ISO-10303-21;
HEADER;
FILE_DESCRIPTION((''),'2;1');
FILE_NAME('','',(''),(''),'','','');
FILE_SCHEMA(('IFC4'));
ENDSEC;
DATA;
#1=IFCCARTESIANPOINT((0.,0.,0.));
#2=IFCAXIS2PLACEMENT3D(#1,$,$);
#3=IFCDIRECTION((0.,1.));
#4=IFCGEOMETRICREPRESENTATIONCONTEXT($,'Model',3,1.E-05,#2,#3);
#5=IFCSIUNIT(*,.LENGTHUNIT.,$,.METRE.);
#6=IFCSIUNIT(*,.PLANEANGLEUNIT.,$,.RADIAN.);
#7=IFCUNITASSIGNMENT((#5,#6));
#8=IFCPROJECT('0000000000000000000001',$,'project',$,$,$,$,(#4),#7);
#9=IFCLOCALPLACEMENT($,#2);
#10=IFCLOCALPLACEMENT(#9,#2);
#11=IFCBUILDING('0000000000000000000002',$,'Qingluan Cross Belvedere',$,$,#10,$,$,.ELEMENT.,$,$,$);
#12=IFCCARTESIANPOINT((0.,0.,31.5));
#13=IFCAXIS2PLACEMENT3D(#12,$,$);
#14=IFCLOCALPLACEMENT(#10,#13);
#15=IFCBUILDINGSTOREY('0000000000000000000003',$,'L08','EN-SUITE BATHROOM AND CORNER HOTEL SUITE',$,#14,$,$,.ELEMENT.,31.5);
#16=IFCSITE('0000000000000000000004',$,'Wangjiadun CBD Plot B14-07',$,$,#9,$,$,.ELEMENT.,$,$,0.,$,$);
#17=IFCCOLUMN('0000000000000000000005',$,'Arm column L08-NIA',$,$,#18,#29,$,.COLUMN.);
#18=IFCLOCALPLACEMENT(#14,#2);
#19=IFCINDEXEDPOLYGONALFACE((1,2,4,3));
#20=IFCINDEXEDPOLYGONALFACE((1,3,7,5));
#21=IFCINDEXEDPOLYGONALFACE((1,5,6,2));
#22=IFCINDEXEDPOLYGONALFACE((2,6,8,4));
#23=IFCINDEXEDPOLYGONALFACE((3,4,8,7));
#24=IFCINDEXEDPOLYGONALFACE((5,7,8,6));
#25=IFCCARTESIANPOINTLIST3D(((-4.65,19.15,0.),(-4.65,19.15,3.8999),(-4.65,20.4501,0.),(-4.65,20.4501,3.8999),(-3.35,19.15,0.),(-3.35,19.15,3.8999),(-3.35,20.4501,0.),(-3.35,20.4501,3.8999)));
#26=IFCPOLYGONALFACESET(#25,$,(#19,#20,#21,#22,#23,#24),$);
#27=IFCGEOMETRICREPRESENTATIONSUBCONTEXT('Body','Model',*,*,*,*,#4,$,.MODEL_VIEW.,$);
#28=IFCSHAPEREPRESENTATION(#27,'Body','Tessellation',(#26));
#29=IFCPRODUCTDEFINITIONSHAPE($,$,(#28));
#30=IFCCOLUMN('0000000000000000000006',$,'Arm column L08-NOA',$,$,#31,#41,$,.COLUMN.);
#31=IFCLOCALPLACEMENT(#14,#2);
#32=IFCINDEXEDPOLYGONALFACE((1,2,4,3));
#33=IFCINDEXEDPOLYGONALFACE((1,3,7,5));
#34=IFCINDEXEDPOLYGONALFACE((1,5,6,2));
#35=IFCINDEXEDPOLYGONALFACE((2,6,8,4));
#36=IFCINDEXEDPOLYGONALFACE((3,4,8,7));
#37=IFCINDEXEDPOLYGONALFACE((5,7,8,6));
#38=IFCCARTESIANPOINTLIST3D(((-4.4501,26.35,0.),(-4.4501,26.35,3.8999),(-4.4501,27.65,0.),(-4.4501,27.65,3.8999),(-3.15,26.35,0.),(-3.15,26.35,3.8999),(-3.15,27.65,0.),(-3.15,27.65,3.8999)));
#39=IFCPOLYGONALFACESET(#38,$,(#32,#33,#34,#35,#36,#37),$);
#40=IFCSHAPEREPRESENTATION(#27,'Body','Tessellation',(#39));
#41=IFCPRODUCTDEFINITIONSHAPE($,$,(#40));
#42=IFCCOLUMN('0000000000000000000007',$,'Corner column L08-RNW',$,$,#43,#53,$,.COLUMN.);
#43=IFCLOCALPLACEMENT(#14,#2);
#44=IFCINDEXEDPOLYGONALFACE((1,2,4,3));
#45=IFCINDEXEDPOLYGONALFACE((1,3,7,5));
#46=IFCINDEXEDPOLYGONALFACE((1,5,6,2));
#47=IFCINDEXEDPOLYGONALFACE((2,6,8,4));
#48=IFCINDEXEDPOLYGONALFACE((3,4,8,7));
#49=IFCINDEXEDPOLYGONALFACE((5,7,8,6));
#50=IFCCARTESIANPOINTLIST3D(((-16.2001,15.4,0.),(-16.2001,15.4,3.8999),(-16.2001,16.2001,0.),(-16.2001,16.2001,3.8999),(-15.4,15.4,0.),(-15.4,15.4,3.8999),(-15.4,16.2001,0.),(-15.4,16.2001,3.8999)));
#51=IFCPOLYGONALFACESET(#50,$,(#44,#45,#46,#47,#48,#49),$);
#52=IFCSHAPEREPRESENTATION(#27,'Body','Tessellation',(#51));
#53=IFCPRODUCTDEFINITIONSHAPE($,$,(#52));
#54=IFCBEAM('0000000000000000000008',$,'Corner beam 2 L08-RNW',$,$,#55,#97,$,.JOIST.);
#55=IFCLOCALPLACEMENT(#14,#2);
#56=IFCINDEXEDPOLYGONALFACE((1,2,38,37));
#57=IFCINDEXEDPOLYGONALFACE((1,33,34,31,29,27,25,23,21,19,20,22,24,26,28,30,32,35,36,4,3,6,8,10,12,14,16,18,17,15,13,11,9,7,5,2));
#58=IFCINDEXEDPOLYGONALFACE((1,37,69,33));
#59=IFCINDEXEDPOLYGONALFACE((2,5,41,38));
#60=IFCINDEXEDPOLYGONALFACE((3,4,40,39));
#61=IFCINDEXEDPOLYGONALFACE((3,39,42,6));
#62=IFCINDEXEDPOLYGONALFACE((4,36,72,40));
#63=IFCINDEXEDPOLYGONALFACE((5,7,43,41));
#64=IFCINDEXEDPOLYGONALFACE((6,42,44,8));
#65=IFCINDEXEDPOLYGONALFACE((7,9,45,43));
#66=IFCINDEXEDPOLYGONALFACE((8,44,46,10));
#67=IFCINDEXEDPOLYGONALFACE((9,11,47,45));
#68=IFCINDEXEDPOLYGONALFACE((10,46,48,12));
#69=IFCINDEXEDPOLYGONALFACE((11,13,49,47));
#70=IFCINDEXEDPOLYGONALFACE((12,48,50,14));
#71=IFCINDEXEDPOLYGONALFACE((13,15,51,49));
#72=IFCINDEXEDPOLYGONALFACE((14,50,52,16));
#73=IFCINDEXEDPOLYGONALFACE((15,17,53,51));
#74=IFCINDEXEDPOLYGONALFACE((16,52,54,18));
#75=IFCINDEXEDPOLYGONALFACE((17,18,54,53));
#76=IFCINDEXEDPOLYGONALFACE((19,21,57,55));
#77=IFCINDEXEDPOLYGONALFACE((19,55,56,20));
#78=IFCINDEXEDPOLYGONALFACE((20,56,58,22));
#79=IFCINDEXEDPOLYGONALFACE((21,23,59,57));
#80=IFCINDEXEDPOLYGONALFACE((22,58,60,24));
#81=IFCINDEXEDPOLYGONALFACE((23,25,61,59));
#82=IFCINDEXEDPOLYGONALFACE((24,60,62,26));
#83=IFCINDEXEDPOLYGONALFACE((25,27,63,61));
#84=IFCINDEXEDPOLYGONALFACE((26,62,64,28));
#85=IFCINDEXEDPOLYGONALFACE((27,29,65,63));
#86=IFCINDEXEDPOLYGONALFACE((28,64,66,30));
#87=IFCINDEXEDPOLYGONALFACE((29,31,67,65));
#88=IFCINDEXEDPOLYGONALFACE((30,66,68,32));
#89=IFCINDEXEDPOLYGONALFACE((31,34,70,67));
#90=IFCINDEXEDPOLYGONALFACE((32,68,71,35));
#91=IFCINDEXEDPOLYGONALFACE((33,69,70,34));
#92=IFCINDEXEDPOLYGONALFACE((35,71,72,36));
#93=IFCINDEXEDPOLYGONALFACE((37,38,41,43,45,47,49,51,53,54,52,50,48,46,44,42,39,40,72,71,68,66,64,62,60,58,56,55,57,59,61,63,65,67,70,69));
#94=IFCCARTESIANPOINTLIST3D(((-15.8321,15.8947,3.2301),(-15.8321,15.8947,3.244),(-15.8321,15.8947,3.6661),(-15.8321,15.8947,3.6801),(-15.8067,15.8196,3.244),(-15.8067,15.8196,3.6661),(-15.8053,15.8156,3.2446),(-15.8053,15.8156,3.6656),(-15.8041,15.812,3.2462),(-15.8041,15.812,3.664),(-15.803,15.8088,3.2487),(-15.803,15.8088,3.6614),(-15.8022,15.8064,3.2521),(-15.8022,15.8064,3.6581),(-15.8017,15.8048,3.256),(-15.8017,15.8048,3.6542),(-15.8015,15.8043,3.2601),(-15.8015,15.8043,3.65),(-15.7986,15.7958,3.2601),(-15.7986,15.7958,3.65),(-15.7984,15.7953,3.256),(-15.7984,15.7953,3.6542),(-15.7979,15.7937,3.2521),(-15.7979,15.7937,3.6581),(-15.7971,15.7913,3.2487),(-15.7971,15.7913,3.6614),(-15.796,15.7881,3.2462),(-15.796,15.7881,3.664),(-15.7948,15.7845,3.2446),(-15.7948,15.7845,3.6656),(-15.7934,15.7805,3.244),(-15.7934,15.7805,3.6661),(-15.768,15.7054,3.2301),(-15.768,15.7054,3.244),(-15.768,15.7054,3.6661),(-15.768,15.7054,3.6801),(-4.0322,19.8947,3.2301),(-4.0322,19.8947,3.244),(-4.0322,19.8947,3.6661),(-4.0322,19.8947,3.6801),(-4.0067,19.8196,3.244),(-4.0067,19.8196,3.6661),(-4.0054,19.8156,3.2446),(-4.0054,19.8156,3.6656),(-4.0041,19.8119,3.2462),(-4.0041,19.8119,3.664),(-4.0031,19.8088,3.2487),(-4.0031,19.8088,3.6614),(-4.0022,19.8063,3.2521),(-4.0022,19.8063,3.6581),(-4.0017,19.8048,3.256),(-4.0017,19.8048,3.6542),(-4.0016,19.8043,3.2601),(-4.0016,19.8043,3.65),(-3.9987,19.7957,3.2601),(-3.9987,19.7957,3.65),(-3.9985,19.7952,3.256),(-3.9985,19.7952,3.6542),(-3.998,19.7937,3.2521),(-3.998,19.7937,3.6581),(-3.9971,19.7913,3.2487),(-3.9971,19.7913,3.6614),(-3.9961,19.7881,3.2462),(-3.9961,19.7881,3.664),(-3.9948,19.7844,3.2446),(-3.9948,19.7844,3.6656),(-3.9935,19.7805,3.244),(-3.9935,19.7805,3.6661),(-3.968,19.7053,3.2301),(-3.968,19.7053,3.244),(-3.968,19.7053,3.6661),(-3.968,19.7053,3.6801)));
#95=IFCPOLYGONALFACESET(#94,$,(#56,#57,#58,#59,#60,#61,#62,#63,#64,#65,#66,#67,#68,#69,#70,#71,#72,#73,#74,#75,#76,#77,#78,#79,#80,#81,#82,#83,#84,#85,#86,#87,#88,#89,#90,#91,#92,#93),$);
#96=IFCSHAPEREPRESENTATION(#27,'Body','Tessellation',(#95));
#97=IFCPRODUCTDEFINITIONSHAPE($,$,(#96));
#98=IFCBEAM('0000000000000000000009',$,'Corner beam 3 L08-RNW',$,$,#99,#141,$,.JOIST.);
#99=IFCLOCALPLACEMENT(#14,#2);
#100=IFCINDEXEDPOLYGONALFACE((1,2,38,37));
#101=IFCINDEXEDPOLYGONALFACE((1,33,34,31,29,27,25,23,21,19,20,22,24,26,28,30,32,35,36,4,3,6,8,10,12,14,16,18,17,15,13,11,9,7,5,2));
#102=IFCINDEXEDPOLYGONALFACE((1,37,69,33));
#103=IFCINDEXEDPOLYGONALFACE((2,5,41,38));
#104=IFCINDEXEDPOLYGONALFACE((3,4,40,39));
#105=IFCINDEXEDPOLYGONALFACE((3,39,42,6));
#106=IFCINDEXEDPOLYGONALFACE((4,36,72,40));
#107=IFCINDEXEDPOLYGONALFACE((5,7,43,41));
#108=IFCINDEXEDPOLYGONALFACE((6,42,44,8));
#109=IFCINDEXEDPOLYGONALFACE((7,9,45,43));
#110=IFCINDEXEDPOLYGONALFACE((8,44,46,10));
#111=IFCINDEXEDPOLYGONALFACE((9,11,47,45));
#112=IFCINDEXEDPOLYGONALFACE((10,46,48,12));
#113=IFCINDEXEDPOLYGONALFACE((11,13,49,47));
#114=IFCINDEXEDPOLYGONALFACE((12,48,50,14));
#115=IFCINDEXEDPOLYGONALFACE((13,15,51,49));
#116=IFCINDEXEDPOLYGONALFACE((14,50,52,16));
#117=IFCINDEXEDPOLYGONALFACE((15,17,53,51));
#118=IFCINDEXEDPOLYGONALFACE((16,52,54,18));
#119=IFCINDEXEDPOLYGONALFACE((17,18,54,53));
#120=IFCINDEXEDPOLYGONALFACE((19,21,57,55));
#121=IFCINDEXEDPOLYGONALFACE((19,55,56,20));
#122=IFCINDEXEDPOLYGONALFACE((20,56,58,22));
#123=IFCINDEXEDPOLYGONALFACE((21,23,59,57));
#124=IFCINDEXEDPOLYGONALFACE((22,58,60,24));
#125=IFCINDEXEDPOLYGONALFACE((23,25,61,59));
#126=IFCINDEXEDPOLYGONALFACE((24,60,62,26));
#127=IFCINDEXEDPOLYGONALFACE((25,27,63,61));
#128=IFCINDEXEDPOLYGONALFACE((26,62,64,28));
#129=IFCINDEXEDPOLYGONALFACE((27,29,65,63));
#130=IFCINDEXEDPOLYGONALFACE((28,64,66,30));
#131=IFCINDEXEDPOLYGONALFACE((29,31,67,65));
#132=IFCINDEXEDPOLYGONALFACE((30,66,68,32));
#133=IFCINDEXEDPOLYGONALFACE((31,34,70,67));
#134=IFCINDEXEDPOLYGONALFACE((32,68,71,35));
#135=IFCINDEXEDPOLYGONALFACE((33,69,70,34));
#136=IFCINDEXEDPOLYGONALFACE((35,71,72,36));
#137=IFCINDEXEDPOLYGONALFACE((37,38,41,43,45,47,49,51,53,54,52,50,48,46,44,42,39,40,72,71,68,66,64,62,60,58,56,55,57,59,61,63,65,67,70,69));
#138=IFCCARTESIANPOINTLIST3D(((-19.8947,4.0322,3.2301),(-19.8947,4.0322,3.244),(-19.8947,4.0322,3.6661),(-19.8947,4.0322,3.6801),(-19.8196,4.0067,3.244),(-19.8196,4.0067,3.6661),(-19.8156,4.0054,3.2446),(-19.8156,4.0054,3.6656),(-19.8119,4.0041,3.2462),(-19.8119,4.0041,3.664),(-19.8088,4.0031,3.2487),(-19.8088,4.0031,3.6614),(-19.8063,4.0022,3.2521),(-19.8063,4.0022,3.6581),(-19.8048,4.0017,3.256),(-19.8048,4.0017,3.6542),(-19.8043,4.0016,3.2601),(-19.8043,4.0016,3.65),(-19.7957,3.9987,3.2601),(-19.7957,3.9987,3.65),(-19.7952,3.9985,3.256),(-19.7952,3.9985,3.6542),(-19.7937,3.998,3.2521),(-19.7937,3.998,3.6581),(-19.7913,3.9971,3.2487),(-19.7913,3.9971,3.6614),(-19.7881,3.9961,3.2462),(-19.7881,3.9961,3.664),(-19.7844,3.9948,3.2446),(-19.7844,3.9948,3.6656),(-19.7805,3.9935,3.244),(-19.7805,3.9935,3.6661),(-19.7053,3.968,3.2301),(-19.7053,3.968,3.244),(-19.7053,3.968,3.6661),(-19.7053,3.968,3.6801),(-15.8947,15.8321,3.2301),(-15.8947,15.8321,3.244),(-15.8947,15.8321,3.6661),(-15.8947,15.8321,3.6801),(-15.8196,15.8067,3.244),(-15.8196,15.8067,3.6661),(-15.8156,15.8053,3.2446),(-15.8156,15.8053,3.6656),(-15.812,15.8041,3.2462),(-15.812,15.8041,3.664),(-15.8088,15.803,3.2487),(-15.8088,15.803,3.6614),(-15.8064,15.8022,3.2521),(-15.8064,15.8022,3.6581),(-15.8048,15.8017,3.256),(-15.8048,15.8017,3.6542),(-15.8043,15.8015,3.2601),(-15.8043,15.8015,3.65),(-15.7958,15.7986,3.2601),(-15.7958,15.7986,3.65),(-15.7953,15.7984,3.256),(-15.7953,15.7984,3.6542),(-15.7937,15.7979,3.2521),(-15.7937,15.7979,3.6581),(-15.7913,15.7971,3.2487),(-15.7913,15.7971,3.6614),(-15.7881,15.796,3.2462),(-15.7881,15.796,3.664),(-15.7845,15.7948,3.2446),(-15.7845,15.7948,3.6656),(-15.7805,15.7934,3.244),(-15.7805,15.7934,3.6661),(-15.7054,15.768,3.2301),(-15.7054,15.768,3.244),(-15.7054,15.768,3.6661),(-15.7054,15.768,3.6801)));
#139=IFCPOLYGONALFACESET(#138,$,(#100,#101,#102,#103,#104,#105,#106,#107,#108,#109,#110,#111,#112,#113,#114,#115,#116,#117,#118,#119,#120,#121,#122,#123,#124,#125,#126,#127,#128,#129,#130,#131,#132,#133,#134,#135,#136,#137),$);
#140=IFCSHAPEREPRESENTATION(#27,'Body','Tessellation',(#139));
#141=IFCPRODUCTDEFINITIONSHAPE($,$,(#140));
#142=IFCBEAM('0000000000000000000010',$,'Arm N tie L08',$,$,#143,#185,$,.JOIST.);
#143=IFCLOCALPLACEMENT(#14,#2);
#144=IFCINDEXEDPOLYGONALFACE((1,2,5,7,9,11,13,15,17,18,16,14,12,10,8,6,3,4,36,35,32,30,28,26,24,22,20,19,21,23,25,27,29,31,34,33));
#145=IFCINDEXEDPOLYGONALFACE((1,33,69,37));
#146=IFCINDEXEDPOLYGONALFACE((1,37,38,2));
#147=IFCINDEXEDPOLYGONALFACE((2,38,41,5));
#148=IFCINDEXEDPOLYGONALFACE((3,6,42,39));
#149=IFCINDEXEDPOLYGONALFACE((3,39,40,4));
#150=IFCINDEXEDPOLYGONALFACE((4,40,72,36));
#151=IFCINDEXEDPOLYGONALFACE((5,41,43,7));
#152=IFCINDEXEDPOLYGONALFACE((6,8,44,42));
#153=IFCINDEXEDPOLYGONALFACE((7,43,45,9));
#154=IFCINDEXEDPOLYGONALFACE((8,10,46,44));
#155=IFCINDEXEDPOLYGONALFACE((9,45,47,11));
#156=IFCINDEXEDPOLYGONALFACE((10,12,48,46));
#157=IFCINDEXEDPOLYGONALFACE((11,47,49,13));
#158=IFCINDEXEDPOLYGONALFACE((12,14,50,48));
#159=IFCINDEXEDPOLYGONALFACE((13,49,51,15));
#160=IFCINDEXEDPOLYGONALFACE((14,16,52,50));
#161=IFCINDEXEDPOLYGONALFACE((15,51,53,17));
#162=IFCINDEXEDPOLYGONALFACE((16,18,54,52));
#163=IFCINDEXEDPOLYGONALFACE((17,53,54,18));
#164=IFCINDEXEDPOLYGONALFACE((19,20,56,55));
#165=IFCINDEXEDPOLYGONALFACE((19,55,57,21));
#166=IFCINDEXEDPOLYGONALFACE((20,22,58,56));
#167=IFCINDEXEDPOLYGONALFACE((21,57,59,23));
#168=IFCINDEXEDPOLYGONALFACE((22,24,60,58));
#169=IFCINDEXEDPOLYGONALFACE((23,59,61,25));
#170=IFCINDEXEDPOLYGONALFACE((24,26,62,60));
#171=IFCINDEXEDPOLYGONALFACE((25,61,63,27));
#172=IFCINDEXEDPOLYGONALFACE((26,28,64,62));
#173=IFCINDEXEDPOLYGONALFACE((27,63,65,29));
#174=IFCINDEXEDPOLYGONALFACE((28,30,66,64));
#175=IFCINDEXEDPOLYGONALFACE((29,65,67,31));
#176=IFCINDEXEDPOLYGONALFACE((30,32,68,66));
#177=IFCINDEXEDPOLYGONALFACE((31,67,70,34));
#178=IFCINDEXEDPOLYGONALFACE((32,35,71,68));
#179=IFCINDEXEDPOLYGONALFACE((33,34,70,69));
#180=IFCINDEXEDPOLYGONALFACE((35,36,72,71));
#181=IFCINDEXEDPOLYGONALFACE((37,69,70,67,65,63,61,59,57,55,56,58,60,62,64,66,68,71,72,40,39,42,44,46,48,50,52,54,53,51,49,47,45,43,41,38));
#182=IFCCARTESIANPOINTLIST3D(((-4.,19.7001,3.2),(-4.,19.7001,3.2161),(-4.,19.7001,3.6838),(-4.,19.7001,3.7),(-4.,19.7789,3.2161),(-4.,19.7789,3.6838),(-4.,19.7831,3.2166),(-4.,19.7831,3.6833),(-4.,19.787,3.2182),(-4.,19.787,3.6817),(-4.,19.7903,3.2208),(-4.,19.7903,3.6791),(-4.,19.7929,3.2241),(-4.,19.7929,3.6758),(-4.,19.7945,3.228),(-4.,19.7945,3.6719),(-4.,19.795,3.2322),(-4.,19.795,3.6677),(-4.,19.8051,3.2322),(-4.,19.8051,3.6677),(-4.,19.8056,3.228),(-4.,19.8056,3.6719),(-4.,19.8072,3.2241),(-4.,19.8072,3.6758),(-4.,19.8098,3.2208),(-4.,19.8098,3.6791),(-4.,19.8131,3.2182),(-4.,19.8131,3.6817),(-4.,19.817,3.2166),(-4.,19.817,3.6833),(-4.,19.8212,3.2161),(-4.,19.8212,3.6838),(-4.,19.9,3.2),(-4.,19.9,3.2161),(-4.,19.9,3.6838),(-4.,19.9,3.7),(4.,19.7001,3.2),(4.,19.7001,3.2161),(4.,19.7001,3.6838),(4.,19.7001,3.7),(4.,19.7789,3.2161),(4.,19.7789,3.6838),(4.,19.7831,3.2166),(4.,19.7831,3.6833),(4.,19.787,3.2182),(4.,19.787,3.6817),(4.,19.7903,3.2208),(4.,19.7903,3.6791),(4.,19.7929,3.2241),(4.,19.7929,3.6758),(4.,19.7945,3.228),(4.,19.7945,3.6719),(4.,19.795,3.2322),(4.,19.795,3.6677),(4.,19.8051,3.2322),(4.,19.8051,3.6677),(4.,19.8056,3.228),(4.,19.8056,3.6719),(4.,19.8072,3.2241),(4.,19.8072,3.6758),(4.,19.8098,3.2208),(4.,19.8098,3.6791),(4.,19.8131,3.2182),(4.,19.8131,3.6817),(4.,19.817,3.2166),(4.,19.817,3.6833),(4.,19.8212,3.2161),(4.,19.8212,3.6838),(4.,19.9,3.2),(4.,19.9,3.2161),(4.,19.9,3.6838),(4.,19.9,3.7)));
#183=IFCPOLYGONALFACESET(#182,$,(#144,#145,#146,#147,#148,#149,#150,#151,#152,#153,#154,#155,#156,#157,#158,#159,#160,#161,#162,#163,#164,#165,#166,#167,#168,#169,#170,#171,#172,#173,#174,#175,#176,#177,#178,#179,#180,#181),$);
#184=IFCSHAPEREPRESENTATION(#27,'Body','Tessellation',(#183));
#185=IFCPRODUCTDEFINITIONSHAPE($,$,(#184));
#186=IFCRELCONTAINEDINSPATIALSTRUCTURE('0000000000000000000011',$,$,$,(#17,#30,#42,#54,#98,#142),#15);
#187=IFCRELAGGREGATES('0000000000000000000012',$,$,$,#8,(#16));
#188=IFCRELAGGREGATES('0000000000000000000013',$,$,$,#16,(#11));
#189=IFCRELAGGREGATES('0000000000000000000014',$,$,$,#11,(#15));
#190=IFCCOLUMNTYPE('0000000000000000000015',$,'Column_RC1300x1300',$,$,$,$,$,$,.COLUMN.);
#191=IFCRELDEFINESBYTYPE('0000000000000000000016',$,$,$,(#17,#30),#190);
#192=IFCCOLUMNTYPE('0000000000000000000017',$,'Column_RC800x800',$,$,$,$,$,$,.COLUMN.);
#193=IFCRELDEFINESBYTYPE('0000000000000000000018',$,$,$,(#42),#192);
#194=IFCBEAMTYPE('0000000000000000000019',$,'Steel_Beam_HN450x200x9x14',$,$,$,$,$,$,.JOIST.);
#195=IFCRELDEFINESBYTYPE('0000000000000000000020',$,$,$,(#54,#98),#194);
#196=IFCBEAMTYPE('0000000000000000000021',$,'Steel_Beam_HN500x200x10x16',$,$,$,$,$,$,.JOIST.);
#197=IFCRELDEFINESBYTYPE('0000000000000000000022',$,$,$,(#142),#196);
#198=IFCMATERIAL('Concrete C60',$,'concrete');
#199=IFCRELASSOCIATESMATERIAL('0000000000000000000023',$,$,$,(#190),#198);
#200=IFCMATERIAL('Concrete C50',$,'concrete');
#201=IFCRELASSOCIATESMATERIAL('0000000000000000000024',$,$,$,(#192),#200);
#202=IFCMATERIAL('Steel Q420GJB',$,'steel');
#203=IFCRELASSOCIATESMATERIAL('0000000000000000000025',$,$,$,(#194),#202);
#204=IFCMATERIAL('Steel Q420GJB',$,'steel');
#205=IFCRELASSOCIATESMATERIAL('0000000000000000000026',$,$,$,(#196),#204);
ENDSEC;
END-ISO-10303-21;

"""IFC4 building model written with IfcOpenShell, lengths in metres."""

from ifc_helpers import new_model, si_unit, direction, frame, origin, origin_2d, place, context, subcontext, project, spatial, rectangle, i_section, extrude, material, material_profile, profile_set, type_object, element, save


model = new_model("IFC4")

# Units and contexts
model_context = context("Model", 3, precision=1e-05, world=origin(), true_north=direction((0.0, 1.0)))
body_context = subcontext(model_context, "Body", "Model", "MODEL_VIEW")
ifc_project = project(units=[si_unit("LENGTHUNIT", "METRE"), si_unit("PLANEANGLEUNIT", "RADIAN")], contexts=[model_context])

# Site, building, storey
site_placement = place(None, origin())
site = spatial("IfcSite", under=ifc_project, at=site_placement, Name="Wangjiadun CBD Plot B14-07", CompositionType="ELEMENT", RefElevation=0.0)
building_placement = place(site_placement, origin())
building = spatial("IfcBuilding", under=site, at=building_placement, Name="Qingluan Cross Belvedere", CompositionType="ELEMENT")
storey_placement = place(building_placement, frame((0.0, 0.0, 31.5)))
storey = spatial("IfcBuildingStorey", under=building, at=storey_placement, Name="L08", Description="EN-SUITE BATHROOM AND CORNER HOTEL SUITE", CompositionType="ELEMENT", Elevation=31.5)

# Columns
ifc_material_1 = material(Name="Concrete C60", Category="concrete")
ifc_material_profile_1 = material_profile(ifc_material_1, rectangle(XDim=1.3, YDim=1.3, at=origin_2d()), Name="RC1300x1300")
ifc_profile_set_1 = profile_set([ifc_material_profile_1], Name="Concrete C60")
column_type_1 = type_object("IfcColumnType", Name="Column_RC1300x1300", PredefinedType="COLUMN", material=ifc_profile_set_1)
for number, where, z_axis, x_axis, name in (
    (1, (-4.0, 19.8, 0.0), (0.0, 0.0, 1.0), (1.0, 0.0, 0.0), "Arm column L08-NIA"),
    (2, (-3.8, 27.0, 0.0), (0.0, 0.0, 1.0), (1.0, 0.0, 0.0), "Arm column L08-NOA"),
):
    element("IfcColumn", number, at=place(storey_placement, frame(where, z_axis=z_axis, x_axis=x_axis)), inside=storey, type_object=column_type_1, Name=name, PredefinedType="COLUMN", context=body_context, shape_type="SweptSolid", body=[
        extrude(rectangle(XDim=1.3, YDim=1.3, at=origin_2d()), origin(), (0.0, 0.0, 1.0), 3.8999),
    ])
ifc_material_2 = material(Name="Concrete C50", Category="concrete")
ifc_material_profile_2 = material_profile(ifc_material_2, rectangle(XDim=0.8, YDim=0.8, at=origin_2d()), Name="RC800x800")
ifc_profile_set_2 = profile_set([ifc_material_profile_2], Name="Concrete C50")
column_type_2 = type_object("IfcColumnType", Name="Column_RC800x800", PredefinedType="COLUMN", material=ifc_profile_set_2)
column_placement = place(storey_placement, frame((-15.8, 15.8, 0.0), z_axis=(0.0, 0.0, 1.0), x_axis=(1.0, 0.0, 0.0)))
element("IfcColumn", 3, at=column_placement, inside=storey, type_object=column_type_2, Name="Corner column L08-RNW", PredefinedType="COLUMN", context=body_context, shape_type="SweptSolid", body=[
    extrude(rectangle(XDim=0.8, YDim=0.8, at=origin_2d()), origin(), (0.0, 0.0, 1.0), 3.8999),
])

# Beams
ifc_material_3 = material(Name="Steel Q420GJB", Category="steel")
ifc_material_profile_3 = material_profile(ifc_material_3, i_section(OverallWidth=0.2, OverallDepth=0.45, WebThickness=0.009, FlangeThickness=0.0139, FilletRadius=0.0161, at=origin_2d()), Name="HN450x200x9x14")
ifc_profile_set_3 = profile_set([ifc_material_profile_3], Name="Steel Q420GJB")
beam_type_1 = type_object("IfcBeamType", Name="Steel_Beam_HN450x200x9x14", PredefinedType="JOIST", material=ifc_profile_set_3)
for number, where, z_axis, x_axis, name in (
    (4, (-15.8, 15.8, 3.4551), (0.947066, 0.321038, 0.0), (-0.321038, 0.947066, 0.0), "Corner beam 2 L08-RNW"),
    (5, (-15.8, 15.8, 3.4551), (-0.321038, -0.947066, 0.0), (0.947066, -0.321038, 0.0), "Corner beam 3 L08-RNW"),
):
    element("IfcBeam", number, at=place(storey_placement, frame(where, z_axis=z_axis, x_axis=x_axis)), inside=storey, type_object=beam_type_1, Name=name, PredefinedType="JOIST", context=body_context, shape_type="SweptSolid", body=[
        extrude(i_section(OverallWidth=0.2, OverallDepth=0.45, WebThickness=0.009, FlangeThickness=0.0139, FilletRadius=0.0161, at=origin_2d()), origin(), (0.0, 0.0, 1.0), 12.4595),
    ])
ifc_material_4 = material(Name="Steel Q420GJB", Category="steel")
ifc_material_profile_4 = material_profile(ifc_material_4, i_section(OverallWidth=0.2, OverallDepth=0.5, WebThickness=0.01, FlangeThickness=0.0161, FilletRadius=0.0161, at=origin_2d()), Name="HN500x200x10x16")
ifc_profile_set_4 = profile_set([ifc_material_profile_4], Name="Steel Q420GJB")
beam_type_2 = type_object("IfcBeamType", Name="Steel_Beam_HN500x200x10x16", PredefinedType="JOIST", material=ifc_profile_set_4)
for number, where, z_axis, x_axis, name in (
    (6, (-4.0, 19.8, 3.45), (1.0, 0.0, 0.0), (0.0, 1.0, 0.0), "Arm N tie L08"),
):
    element("IfcBeam", number, at=place(storey_placement, frame(where, z_axis=z_axis, x_axis=x_axis)), inside=storey, type_object=beam_type_2, Name=name, PredefinedType="JOIST", context=body_context, shape_type="SweptSolid", body=[
        extrude(i_section(OverallWidth=0.2, OverallDepth=0.5, WebThickness=0.01, FlangeThickness=0.0161, FilletRadius=0.0161, at=origin_2d()), origin(), (0.0, 0.0, 1.0), 8.0),
    ])

save(model, "model.ifc")
